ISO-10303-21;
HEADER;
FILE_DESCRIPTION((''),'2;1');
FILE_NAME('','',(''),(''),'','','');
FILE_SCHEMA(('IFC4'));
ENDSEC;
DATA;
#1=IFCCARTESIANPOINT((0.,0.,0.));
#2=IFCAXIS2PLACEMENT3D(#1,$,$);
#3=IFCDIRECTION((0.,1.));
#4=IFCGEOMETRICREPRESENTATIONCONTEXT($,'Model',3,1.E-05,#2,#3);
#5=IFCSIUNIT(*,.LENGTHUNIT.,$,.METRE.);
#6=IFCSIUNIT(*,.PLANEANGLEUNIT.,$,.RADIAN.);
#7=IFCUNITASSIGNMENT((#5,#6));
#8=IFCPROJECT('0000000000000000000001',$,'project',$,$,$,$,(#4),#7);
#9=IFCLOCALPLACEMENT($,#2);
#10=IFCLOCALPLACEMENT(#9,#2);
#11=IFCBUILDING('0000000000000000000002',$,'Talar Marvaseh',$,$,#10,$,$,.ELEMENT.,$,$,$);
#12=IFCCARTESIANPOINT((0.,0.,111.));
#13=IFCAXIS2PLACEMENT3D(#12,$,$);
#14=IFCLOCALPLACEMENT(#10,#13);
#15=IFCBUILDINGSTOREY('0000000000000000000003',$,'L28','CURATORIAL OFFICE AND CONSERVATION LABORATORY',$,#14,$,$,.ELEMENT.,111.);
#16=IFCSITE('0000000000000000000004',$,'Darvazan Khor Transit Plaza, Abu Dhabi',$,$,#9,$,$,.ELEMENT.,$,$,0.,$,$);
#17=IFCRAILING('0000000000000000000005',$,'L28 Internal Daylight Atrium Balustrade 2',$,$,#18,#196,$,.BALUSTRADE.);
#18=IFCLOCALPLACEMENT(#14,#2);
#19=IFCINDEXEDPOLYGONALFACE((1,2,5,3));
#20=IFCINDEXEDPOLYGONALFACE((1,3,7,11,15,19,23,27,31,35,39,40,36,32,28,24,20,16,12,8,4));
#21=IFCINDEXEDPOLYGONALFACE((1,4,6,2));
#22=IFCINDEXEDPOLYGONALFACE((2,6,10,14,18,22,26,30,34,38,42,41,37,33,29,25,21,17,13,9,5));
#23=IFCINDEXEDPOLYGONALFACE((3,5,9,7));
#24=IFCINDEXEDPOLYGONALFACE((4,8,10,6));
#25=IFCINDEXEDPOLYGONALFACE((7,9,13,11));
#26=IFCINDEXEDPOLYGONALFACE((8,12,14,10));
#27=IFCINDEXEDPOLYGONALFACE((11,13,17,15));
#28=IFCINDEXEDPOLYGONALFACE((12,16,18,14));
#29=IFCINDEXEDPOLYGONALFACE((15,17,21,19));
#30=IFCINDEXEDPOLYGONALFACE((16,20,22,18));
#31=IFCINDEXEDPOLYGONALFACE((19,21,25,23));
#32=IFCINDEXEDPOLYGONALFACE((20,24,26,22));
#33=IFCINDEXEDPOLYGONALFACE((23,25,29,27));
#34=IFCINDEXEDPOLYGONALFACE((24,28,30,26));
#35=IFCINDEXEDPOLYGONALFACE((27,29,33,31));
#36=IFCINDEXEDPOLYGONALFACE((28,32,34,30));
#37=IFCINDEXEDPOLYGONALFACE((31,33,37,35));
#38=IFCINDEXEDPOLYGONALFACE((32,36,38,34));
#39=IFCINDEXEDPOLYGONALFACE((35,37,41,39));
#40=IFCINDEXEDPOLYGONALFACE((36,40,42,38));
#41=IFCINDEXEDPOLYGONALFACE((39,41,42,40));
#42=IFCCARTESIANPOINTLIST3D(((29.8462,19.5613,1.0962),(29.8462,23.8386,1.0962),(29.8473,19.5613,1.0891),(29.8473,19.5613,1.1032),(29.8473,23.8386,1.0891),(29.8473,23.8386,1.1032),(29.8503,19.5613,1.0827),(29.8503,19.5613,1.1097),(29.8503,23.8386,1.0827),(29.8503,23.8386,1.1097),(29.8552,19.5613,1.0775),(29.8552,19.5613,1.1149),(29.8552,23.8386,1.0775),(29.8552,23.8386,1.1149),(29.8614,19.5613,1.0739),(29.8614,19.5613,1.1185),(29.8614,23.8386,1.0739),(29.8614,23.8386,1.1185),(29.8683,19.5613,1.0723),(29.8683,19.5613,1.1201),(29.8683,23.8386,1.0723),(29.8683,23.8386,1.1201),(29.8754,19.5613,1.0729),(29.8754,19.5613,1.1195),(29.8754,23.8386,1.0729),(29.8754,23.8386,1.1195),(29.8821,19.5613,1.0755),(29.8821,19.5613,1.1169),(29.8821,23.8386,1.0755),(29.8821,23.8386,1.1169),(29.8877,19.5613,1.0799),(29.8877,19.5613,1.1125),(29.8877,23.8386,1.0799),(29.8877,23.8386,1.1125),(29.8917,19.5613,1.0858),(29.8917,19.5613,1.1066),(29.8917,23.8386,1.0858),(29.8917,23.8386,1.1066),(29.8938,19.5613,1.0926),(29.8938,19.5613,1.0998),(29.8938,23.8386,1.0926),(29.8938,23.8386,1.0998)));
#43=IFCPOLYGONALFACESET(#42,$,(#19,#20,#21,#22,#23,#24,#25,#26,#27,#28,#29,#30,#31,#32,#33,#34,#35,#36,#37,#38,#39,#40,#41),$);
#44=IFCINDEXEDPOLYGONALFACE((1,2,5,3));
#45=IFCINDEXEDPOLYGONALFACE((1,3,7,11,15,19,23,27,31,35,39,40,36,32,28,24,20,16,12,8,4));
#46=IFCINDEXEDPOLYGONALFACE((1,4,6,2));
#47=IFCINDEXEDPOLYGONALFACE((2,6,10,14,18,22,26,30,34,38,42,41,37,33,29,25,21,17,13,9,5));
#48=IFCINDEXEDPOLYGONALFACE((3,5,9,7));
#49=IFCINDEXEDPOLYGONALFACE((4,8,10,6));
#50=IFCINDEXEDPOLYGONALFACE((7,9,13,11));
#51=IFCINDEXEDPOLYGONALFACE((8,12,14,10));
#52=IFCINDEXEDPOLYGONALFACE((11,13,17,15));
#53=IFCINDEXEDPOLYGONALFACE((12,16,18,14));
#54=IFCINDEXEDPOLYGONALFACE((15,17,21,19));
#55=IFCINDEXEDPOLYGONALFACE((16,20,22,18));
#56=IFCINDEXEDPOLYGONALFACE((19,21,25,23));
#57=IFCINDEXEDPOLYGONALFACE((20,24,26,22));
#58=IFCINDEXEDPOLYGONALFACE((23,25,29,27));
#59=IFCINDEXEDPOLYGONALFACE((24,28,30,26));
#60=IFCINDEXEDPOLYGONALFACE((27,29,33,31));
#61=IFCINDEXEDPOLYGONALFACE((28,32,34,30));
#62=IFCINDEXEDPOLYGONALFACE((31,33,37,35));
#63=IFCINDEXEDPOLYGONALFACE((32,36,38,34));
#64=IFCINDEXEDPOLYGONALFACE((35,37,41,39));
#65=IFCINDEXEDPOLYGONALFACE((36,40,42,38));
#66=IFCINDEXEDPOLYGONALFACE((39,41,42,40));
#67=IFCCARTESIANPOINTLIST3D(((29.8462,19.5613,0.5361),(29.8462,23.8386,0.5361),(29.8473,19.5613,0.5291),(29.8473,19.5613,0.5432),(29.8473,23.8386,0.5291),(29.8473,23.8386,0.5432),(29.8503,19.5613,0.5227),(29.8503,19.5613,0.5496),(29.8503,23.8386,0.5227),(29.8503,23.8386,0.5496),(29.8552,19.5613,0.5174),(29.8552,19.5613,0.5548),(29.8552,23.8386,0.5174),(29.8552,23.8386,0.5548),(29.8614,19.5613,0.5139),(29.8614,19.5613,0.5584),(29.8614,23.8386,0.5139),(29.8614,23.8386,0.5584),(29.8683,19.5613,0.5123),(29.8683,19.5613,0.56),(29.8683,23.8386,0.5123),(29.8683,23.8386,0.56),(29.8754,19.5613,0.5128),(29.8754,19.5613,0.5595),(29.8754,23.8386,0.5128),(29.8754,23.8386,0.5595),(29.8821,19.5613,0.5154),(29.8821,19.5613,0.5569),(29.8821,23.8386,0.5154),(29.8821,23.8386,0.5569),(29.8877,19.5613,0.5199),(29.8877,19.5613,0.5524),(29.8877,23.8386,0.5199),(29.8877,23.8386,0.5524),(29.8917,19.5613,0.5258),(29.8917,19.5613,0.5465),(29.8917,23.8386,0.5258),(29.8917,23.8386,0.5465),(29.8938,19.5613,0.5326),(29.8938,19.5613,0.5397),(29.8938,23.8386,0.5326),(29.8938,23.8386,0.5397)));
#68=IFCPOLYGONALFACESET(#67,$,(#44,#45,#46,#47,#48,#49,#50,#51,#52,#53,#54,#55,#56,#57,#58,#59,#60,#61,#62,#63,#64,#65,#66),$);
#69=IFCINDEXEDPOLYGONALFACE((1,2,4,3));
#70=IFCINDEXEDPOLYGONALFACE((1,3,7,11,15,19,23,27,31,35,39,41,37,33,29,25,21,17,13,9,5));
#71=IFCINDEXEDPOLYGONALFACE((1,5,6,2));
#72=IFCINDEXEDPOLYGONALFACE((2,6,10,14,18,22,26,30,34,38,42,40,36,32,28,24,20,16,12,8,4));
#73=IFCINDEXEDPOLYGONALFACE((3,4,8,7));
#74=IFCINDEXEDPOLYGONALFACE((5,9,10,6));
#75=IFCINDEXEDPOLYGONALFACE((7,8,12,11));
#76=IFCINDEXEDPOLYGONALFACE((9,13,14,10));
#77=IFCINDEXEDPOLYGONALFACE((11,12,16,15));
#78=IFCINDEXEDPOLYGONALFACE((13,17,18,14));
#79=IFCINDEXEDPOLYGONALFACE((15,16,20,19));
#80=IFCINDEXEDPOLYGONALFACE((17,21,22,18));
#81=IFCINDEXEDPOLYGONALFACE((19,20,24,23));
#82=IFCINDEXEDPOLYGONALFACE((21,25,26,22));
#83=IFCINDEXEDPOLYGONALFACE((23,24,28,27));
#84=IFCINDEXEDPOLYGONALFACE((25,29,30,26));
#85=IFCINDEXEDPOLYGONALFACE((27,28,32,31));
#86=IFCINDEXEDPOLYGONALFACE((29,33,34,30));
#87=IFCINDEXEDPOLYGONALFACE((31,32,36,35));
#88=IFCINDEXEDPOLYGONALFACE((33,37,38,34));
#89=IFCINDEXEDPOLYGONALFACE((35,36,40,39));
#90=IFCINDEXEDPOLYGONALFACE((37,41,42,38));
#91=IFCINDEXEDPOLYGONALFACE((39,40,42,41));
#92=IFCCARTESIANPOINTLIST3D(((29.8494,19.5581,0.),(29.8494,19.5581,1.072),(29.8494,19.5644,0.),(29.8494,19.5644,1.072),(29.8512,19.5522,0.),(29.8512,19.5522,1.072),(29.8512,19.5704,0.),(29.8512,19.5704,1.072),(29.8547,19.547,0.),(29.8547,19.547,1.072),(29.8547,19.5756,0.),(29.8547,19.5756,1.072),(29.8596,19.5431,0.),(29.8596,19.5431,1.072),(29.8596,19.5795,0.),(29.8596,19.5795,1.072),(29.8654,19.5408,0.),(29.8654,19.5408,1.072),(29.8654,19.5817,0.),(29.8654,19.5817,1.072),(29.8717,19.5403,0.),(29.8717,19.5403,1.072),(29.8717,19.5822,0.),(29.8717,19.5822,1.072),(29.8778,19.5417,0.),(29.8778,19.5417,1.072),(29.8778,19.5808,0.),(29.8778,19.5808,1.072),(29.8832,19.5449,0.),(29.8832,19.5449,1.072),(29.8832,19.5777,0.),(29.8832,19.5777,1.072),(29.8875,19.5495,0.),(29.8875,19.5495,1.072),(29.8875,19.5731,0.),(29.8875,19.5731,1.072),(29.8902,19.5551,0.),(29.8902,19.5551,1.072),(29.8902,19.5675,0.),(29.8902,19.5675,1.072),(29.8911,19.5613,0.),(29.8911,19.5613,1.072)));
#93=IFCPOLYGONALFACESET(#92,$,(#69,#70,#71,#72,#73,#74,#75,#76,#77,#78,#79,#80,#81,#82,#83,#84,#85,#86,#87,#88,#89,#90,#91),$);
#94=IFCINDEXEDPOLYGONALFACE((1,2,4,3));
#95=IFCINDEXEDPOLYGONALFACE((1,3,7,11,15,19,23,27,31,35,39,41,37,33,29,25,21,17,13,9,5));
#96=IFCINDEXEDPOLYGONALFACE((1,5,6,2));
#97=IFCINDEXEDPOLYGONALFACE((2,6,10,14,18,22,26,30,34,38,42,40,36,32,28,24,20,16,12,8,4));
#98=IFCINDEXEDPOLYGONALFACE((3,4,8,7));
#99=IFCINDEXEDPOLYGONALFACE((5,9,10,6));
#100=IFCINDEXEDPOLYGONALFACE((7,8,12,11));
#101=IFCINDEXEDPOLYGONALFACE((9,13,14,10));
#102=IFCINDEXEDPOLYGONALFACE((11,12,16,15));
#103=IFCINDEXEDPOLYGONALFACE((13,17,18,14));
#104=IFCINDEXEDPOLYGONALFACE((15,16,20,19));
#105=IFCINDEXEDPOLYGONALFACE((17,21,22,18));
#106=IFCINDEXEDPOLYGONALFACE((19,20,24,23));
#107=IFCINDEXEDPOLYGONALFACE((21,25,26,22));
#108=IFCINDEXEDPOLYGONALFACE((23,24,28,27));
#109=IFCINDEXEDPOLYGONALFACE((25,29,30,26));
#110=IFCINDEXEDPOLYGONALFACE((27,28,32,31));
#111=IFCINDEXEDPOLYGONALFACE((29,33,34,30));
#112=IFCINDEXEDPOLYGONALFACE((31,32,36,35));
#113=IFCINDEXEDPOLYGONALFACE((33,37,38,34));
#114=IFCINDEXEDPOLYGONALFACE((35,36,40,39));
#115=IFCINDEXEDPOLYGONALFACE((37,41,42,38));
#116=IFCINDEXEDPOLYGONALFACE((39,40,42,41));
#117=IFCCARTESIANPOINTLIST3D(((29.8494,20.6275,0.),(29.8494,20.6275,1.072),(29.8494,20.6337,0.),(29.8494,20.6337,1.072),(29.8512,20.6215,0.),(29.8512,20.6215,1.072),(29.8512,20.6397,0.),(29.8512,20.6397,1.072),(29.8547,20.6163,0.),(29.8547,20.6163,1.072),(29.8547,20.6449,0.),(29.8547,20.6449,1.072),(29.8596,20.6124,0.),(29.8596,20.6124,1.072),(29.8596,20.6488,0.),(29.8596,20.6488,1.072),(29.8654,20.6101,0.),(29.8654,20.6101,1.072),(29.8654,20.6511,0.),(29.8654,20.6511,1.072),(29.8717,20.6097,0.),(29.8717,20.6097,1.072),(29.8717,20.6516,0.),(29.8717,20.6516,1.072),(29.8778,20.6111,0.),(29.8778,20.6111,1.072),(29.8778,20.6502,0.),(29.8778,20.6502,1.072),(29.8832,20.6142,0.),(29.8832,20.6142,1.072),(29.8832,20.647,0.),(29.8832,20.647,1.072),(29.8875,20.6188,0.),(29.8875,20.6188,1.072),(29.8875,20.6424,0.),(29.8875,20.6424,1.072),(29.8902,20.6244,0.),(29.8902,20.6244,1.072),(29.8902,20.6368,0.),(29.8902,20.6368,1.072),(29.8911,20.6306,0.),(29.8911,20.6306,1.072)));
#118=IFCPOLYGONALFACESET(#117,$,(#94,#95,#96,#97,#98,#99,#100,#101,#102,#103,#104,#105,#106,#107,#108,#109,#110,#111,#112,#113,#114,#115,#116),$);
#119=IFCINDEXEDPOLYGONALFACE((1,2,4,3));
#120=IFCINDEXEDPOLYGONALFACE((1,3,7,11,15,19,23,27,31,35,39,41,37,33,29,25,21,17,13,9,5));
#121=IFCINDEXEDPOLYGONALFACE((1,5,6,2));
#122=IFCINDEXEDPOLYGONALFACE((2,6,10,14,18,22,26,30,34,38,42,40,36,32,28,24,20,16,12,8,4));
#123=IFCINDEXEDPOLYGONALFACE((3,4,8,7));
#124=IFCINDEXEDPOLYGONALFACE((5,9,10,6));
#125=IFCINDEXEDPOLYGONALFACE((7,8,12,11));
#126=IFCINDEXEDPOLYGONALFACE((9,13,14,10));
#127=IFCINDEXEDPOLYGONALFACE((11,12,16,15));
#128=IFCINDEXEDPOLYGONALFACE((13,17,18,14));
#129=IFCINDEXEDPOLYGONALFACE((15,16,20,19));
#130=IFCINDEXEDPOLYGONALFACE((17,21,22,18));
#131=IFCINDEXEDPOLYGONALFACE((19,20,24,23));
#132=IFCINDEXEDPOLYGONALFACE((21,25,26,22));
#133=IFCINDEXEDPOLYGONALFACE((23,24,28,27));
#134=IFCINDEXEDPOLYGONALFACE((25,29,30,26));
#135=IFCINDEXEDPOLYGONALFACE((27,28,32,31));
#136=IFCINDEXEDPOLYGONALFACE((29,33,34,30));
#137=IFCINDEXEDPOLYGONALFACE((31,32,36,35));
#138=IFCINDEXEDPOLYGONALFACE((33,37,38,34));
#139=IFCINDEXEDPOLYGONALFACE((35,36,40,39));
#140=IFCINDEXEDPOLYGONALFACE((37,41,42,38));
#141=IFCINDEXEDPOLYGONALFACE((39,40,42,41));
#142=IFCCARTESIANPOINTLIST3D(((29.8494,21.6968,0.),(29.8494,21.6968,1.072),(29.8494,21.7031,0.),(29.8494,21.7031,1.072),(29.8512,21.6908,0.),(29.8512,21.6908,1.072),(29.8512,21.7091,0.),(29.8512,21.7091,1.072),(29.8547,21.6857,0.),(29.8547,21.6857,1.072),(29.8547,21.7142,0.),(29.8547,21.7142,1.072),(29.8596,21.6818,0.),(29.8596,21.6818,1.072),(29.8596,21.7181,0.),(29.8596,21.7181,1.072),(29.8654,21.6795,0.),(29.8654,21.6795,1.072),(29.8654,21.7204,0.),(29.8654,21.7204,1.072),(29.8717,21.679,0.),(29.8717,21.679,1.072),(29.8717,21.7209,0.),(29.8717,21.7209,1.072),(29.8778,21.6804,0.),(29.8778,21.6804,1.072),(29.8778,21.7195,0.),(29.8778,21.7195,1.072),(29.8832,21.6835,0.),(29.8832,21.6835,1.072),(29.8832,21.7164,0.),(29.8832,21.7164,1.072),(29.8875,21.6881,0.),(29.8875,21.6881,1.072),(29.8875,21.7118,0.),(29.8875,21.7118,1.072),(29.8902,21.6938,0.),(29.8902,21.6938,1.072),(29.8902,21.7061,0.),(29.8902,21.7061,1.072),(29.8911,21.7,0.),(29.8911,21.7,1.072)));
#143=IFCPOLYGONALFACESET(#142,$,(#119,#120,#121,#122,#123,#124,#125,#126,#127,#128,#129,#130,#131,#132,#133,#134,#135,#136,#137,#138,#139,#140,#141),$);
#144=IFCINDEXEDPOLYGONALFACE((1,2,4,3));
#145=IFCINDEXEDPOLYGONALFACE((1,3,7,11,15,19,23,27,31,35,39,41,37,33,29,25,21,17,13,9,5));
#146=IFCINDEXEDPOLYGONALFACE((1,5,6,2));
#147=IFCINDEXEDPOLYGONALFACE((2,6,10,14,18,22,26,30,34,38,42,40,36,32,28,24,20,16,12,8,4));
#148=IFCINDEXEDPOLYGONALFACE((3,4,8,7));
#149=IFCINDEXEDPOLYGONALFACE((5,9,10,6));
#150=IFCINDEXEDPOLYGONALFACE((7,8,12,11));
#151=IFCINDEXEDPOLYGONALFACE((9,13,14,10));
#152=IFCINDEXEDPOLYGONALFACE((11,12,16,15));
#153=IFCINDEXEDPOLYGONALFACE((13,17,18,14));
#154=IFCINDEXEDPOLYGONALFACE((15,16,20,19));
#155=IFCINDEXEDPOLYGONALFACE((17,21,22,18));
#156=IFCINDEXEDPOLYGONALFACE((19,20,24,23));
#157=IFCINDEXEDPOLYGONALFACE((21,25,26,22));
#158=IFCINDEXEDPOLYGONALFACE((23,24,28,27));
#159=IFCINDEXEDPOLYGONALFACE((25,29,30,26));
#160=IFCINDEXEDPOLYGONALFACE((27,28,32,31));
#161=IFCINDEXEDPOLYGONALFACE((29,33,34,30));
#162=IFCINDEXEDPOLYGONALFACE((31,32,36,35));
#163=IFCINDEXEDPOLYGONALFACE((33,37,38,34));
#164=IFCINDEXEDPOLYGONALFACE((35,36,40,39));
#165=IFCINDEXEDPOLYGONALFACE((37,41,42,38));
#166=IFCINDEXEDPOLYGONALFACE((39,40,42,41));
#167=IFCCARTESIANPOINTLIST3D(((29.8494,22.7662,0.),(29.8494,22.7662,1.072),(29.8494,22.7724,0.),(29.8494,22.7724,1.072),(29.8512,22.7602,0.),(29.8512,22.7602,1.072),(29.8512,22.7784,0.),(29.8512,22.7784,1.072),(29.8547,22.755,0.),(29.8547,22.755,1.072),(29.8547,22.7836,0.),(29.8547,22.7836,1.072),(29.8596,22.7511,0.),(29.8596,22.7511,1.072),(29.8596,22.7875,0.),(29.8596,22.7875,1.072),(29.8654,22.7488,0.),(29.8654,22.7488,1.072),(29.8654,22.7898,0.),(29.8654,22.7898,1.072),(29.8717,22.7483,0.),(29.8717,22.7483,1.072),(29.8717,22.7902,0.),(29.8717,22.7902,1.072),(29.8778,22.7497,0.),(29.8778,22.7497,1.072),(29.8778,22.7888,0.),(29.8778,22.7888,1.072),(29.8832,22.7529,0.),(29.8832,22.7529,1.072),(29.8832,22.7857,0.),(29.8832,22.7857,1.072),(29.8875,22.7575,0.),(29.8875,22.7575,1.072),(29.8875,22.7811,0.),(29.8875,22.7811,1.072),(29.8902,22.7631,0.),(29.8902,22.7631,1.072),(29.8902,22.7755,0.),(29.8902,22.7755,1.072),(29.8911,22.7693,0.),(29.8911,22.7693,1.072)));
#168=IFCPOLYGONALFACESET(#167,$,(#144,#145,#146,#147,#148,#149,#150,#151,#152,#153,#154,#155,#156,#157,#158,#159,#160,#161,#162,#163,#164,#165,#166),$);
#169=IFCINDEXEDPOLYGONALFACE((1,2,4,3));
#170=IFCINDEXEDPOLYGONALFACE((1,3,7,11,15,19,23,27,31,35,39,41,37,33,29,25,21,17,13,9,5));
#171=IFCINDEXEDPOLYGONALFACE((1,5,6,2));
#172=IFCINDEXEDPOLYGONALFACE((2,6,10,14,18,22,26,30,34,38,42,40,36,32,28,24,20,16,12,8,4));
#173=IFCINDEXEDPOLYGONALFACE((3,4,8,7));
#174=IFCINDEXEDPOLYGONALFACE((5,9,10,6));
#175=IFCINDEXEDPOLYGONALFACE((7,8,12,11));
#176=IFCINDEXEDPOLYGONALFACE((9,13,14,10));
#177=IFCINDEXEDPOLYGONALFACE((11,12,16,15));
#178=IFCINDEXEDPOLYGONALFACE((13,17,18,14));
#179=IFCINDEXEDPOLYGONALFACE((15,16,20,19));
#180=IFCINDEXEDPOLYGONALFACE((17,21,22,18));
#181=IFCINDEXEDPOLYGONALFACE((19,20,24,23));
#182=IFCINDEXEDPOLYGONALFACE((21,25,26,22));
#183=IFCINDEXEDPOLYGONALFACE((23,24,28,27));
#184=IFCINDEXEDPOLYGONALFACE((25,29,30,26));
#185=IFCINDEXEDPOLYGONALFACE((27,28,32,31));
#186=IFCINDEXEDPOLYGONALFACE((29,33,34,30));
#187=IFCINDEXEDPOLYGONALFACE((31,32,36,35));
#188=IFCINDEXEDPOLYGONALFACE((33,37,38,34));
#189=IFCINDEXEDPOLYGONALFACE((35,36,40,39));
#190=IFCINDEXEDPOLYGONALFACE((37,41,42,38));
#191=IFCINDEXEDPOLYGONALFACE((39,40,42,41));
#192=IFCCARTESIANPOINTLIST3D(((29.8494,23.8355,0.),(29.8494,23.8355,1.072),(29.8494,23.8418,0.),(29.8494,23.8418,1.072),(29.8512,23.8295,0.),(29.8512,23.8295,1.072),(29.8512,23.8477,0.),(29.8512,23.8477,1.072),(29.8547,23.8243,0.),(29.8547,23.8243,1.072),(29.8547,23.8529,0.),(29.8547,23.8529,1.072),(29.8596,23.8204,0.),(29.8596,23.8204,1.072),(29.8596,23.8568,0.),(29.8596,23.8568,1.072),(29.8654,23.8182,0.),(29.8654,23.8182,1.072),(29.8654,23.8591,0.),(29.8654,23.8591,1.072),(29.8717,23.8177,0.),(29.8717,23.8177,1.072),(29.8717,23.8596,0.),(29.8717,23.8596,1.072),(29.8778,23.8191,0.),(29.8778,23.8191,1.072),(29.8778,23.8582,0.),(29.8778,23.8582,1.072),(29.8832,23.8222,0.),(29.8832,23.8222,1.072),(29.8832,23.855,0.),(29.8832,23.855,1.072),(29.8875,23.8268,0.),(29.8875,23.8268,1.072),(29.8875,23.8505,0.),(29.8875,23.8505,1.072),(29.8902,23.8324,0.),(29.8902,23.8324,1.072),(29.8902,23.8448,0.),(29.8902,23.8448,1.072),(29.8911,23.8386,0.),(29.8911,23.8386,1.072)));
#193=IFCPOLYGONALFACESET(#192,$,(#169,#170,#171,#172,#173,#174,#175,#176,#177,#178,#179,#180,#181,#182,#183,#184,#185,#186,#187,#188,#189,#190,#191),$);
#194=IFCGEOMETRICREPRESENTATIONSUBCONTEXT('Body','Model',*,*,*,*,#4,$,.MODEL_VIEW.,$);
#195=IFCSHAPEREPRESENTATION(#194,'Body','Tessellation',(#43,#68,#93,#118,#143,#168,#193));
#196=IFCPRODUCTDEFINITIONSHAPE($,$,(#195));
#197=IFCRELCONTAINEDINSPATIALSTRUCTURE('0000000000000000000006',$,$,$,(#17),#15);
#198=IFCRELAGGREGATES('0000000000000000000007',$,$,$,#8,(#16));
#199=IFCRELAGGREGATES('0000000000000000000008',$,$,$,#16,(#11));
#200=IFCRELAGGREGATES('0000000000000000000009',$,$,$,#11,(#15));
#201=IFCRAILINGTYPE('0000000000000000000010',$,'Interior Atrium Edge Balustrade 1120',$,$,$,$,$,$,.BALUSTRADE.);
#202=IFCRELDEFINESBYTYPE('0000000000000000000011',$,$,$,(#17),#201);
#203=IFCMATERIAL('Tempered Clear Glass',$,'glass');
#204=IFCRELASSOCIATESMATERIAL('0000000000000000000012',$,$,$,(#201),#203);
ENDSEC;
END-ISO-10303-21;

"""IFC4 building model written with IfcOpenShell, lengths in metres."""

from ifc_helpers import new_model, si_unit, direction, frame, origin, origin_2d, place, context, subcontext, project, spatial, circle, extrude, material, type_object, element, save


model = new_model("IFC4")

# Units and contexts
model_context = context("Model", 3, precision=1e-05, world=origin(), true_north=direction((0.0, 1.0)))
body_context = subcontext(model_context, "Body", "Model", "MODEL_VIEW")
ifc_project = project(units=[si_unit("LENGTHUNIT", "METRE"), si_unit("PLANEANGLEUNIT", "RADIAN")], contexts=[model_context])

# Site, building, storey
site_placement = place(None, origin())
site = spatial("IfcSite", under=ifc_project, at=site_placement, Name="Darvazan Khor Transit Plaza, Abu Dhabi", CompositionType="ELEMENT", RefElevation=0.0)
building_placement = place(site_placement, origin())
building = spatial("IfcBuilding", under=site, at=building_placement, Name="Talar Marvaseh", CompositionType="ELEMENT")
storey_placement = place(building_placement, frame((0.0, 0.0, 111.0)))
storey = spatial("IfcBuildingStorey", under=building, at=storey_placement, Name="L28", Description="CURATORIAL OFFICE AND CONSERVATION LABORATORY", CompositionType="ELEMENT", Elevation=111.0)

# Railing
ifc_material_1 = material(Name="Tempered Clear Glass", Category="glass")
railing_type_1 = type_object("IfcRailingType", Name="Interior Atrium Edge Balustrade 1120", PredefinedType="BALUSTRADE", material=ifc_material_1)
railing_1_placement = place(storey_placement, frame((29.8701, 19.5613, 0.0)))
element("IfcRailing", 1, at=railing_1_placement, inside=storey, type_object=railing_type_1, Name="L28 Internal Daylight Atrium Balustrade 2", PredefinedType="BALUSTRADE", context=body_context, shape_type="SweptSolid", body=[
    extrude(circle(Radius=0.0239, at=origin_2d()), frame((0.0, 0.0, 1.0962), z_axis=(0.0, 1.0, 0.0), x_axis=(-1.0, 0.0, 0.0)), (0.0, 0.0, 1.0), 4.2773),
    extrude(circle(Radius=0.0239, at=origin_2d()), frame((0.0, 0.0, 0.5361), z_axis=(0.0, 1.0, 0.0), x_axis=(-1.0, 0.0, 0.0)), (0.0, 0.0, 1.0), 4.2773),
    extrude(circle(Radius=0.021, at=origin_2d()), origin(), (0.0, 0.0, 1.0), 1.072),
    extrude(circle(Radius=0.021, at=origin_2d()), frame((0.0, 1.0693, 0.0)), (0.0, 0.0, 1.0), 1.072),
    extrude(circle(Radius=0.021, at=origin_2d()), frame((0.0, 2.1387, 0.0)), (0.0, 0.0, 1.0), 1.072),
    extrude(circle(Radius=0.021, at=origin_2d()), frame((0.0, 3.208, 0.0)), (0.0, 0.0, 1.0), 1.072),
    extrude(circle(Radius=0.021, at=origin_2d()), frame((0.0, 4.2773, 0.0)), (0.0, 0.0, 1.0), 1.072),
])

save(model, "model.ifc")
